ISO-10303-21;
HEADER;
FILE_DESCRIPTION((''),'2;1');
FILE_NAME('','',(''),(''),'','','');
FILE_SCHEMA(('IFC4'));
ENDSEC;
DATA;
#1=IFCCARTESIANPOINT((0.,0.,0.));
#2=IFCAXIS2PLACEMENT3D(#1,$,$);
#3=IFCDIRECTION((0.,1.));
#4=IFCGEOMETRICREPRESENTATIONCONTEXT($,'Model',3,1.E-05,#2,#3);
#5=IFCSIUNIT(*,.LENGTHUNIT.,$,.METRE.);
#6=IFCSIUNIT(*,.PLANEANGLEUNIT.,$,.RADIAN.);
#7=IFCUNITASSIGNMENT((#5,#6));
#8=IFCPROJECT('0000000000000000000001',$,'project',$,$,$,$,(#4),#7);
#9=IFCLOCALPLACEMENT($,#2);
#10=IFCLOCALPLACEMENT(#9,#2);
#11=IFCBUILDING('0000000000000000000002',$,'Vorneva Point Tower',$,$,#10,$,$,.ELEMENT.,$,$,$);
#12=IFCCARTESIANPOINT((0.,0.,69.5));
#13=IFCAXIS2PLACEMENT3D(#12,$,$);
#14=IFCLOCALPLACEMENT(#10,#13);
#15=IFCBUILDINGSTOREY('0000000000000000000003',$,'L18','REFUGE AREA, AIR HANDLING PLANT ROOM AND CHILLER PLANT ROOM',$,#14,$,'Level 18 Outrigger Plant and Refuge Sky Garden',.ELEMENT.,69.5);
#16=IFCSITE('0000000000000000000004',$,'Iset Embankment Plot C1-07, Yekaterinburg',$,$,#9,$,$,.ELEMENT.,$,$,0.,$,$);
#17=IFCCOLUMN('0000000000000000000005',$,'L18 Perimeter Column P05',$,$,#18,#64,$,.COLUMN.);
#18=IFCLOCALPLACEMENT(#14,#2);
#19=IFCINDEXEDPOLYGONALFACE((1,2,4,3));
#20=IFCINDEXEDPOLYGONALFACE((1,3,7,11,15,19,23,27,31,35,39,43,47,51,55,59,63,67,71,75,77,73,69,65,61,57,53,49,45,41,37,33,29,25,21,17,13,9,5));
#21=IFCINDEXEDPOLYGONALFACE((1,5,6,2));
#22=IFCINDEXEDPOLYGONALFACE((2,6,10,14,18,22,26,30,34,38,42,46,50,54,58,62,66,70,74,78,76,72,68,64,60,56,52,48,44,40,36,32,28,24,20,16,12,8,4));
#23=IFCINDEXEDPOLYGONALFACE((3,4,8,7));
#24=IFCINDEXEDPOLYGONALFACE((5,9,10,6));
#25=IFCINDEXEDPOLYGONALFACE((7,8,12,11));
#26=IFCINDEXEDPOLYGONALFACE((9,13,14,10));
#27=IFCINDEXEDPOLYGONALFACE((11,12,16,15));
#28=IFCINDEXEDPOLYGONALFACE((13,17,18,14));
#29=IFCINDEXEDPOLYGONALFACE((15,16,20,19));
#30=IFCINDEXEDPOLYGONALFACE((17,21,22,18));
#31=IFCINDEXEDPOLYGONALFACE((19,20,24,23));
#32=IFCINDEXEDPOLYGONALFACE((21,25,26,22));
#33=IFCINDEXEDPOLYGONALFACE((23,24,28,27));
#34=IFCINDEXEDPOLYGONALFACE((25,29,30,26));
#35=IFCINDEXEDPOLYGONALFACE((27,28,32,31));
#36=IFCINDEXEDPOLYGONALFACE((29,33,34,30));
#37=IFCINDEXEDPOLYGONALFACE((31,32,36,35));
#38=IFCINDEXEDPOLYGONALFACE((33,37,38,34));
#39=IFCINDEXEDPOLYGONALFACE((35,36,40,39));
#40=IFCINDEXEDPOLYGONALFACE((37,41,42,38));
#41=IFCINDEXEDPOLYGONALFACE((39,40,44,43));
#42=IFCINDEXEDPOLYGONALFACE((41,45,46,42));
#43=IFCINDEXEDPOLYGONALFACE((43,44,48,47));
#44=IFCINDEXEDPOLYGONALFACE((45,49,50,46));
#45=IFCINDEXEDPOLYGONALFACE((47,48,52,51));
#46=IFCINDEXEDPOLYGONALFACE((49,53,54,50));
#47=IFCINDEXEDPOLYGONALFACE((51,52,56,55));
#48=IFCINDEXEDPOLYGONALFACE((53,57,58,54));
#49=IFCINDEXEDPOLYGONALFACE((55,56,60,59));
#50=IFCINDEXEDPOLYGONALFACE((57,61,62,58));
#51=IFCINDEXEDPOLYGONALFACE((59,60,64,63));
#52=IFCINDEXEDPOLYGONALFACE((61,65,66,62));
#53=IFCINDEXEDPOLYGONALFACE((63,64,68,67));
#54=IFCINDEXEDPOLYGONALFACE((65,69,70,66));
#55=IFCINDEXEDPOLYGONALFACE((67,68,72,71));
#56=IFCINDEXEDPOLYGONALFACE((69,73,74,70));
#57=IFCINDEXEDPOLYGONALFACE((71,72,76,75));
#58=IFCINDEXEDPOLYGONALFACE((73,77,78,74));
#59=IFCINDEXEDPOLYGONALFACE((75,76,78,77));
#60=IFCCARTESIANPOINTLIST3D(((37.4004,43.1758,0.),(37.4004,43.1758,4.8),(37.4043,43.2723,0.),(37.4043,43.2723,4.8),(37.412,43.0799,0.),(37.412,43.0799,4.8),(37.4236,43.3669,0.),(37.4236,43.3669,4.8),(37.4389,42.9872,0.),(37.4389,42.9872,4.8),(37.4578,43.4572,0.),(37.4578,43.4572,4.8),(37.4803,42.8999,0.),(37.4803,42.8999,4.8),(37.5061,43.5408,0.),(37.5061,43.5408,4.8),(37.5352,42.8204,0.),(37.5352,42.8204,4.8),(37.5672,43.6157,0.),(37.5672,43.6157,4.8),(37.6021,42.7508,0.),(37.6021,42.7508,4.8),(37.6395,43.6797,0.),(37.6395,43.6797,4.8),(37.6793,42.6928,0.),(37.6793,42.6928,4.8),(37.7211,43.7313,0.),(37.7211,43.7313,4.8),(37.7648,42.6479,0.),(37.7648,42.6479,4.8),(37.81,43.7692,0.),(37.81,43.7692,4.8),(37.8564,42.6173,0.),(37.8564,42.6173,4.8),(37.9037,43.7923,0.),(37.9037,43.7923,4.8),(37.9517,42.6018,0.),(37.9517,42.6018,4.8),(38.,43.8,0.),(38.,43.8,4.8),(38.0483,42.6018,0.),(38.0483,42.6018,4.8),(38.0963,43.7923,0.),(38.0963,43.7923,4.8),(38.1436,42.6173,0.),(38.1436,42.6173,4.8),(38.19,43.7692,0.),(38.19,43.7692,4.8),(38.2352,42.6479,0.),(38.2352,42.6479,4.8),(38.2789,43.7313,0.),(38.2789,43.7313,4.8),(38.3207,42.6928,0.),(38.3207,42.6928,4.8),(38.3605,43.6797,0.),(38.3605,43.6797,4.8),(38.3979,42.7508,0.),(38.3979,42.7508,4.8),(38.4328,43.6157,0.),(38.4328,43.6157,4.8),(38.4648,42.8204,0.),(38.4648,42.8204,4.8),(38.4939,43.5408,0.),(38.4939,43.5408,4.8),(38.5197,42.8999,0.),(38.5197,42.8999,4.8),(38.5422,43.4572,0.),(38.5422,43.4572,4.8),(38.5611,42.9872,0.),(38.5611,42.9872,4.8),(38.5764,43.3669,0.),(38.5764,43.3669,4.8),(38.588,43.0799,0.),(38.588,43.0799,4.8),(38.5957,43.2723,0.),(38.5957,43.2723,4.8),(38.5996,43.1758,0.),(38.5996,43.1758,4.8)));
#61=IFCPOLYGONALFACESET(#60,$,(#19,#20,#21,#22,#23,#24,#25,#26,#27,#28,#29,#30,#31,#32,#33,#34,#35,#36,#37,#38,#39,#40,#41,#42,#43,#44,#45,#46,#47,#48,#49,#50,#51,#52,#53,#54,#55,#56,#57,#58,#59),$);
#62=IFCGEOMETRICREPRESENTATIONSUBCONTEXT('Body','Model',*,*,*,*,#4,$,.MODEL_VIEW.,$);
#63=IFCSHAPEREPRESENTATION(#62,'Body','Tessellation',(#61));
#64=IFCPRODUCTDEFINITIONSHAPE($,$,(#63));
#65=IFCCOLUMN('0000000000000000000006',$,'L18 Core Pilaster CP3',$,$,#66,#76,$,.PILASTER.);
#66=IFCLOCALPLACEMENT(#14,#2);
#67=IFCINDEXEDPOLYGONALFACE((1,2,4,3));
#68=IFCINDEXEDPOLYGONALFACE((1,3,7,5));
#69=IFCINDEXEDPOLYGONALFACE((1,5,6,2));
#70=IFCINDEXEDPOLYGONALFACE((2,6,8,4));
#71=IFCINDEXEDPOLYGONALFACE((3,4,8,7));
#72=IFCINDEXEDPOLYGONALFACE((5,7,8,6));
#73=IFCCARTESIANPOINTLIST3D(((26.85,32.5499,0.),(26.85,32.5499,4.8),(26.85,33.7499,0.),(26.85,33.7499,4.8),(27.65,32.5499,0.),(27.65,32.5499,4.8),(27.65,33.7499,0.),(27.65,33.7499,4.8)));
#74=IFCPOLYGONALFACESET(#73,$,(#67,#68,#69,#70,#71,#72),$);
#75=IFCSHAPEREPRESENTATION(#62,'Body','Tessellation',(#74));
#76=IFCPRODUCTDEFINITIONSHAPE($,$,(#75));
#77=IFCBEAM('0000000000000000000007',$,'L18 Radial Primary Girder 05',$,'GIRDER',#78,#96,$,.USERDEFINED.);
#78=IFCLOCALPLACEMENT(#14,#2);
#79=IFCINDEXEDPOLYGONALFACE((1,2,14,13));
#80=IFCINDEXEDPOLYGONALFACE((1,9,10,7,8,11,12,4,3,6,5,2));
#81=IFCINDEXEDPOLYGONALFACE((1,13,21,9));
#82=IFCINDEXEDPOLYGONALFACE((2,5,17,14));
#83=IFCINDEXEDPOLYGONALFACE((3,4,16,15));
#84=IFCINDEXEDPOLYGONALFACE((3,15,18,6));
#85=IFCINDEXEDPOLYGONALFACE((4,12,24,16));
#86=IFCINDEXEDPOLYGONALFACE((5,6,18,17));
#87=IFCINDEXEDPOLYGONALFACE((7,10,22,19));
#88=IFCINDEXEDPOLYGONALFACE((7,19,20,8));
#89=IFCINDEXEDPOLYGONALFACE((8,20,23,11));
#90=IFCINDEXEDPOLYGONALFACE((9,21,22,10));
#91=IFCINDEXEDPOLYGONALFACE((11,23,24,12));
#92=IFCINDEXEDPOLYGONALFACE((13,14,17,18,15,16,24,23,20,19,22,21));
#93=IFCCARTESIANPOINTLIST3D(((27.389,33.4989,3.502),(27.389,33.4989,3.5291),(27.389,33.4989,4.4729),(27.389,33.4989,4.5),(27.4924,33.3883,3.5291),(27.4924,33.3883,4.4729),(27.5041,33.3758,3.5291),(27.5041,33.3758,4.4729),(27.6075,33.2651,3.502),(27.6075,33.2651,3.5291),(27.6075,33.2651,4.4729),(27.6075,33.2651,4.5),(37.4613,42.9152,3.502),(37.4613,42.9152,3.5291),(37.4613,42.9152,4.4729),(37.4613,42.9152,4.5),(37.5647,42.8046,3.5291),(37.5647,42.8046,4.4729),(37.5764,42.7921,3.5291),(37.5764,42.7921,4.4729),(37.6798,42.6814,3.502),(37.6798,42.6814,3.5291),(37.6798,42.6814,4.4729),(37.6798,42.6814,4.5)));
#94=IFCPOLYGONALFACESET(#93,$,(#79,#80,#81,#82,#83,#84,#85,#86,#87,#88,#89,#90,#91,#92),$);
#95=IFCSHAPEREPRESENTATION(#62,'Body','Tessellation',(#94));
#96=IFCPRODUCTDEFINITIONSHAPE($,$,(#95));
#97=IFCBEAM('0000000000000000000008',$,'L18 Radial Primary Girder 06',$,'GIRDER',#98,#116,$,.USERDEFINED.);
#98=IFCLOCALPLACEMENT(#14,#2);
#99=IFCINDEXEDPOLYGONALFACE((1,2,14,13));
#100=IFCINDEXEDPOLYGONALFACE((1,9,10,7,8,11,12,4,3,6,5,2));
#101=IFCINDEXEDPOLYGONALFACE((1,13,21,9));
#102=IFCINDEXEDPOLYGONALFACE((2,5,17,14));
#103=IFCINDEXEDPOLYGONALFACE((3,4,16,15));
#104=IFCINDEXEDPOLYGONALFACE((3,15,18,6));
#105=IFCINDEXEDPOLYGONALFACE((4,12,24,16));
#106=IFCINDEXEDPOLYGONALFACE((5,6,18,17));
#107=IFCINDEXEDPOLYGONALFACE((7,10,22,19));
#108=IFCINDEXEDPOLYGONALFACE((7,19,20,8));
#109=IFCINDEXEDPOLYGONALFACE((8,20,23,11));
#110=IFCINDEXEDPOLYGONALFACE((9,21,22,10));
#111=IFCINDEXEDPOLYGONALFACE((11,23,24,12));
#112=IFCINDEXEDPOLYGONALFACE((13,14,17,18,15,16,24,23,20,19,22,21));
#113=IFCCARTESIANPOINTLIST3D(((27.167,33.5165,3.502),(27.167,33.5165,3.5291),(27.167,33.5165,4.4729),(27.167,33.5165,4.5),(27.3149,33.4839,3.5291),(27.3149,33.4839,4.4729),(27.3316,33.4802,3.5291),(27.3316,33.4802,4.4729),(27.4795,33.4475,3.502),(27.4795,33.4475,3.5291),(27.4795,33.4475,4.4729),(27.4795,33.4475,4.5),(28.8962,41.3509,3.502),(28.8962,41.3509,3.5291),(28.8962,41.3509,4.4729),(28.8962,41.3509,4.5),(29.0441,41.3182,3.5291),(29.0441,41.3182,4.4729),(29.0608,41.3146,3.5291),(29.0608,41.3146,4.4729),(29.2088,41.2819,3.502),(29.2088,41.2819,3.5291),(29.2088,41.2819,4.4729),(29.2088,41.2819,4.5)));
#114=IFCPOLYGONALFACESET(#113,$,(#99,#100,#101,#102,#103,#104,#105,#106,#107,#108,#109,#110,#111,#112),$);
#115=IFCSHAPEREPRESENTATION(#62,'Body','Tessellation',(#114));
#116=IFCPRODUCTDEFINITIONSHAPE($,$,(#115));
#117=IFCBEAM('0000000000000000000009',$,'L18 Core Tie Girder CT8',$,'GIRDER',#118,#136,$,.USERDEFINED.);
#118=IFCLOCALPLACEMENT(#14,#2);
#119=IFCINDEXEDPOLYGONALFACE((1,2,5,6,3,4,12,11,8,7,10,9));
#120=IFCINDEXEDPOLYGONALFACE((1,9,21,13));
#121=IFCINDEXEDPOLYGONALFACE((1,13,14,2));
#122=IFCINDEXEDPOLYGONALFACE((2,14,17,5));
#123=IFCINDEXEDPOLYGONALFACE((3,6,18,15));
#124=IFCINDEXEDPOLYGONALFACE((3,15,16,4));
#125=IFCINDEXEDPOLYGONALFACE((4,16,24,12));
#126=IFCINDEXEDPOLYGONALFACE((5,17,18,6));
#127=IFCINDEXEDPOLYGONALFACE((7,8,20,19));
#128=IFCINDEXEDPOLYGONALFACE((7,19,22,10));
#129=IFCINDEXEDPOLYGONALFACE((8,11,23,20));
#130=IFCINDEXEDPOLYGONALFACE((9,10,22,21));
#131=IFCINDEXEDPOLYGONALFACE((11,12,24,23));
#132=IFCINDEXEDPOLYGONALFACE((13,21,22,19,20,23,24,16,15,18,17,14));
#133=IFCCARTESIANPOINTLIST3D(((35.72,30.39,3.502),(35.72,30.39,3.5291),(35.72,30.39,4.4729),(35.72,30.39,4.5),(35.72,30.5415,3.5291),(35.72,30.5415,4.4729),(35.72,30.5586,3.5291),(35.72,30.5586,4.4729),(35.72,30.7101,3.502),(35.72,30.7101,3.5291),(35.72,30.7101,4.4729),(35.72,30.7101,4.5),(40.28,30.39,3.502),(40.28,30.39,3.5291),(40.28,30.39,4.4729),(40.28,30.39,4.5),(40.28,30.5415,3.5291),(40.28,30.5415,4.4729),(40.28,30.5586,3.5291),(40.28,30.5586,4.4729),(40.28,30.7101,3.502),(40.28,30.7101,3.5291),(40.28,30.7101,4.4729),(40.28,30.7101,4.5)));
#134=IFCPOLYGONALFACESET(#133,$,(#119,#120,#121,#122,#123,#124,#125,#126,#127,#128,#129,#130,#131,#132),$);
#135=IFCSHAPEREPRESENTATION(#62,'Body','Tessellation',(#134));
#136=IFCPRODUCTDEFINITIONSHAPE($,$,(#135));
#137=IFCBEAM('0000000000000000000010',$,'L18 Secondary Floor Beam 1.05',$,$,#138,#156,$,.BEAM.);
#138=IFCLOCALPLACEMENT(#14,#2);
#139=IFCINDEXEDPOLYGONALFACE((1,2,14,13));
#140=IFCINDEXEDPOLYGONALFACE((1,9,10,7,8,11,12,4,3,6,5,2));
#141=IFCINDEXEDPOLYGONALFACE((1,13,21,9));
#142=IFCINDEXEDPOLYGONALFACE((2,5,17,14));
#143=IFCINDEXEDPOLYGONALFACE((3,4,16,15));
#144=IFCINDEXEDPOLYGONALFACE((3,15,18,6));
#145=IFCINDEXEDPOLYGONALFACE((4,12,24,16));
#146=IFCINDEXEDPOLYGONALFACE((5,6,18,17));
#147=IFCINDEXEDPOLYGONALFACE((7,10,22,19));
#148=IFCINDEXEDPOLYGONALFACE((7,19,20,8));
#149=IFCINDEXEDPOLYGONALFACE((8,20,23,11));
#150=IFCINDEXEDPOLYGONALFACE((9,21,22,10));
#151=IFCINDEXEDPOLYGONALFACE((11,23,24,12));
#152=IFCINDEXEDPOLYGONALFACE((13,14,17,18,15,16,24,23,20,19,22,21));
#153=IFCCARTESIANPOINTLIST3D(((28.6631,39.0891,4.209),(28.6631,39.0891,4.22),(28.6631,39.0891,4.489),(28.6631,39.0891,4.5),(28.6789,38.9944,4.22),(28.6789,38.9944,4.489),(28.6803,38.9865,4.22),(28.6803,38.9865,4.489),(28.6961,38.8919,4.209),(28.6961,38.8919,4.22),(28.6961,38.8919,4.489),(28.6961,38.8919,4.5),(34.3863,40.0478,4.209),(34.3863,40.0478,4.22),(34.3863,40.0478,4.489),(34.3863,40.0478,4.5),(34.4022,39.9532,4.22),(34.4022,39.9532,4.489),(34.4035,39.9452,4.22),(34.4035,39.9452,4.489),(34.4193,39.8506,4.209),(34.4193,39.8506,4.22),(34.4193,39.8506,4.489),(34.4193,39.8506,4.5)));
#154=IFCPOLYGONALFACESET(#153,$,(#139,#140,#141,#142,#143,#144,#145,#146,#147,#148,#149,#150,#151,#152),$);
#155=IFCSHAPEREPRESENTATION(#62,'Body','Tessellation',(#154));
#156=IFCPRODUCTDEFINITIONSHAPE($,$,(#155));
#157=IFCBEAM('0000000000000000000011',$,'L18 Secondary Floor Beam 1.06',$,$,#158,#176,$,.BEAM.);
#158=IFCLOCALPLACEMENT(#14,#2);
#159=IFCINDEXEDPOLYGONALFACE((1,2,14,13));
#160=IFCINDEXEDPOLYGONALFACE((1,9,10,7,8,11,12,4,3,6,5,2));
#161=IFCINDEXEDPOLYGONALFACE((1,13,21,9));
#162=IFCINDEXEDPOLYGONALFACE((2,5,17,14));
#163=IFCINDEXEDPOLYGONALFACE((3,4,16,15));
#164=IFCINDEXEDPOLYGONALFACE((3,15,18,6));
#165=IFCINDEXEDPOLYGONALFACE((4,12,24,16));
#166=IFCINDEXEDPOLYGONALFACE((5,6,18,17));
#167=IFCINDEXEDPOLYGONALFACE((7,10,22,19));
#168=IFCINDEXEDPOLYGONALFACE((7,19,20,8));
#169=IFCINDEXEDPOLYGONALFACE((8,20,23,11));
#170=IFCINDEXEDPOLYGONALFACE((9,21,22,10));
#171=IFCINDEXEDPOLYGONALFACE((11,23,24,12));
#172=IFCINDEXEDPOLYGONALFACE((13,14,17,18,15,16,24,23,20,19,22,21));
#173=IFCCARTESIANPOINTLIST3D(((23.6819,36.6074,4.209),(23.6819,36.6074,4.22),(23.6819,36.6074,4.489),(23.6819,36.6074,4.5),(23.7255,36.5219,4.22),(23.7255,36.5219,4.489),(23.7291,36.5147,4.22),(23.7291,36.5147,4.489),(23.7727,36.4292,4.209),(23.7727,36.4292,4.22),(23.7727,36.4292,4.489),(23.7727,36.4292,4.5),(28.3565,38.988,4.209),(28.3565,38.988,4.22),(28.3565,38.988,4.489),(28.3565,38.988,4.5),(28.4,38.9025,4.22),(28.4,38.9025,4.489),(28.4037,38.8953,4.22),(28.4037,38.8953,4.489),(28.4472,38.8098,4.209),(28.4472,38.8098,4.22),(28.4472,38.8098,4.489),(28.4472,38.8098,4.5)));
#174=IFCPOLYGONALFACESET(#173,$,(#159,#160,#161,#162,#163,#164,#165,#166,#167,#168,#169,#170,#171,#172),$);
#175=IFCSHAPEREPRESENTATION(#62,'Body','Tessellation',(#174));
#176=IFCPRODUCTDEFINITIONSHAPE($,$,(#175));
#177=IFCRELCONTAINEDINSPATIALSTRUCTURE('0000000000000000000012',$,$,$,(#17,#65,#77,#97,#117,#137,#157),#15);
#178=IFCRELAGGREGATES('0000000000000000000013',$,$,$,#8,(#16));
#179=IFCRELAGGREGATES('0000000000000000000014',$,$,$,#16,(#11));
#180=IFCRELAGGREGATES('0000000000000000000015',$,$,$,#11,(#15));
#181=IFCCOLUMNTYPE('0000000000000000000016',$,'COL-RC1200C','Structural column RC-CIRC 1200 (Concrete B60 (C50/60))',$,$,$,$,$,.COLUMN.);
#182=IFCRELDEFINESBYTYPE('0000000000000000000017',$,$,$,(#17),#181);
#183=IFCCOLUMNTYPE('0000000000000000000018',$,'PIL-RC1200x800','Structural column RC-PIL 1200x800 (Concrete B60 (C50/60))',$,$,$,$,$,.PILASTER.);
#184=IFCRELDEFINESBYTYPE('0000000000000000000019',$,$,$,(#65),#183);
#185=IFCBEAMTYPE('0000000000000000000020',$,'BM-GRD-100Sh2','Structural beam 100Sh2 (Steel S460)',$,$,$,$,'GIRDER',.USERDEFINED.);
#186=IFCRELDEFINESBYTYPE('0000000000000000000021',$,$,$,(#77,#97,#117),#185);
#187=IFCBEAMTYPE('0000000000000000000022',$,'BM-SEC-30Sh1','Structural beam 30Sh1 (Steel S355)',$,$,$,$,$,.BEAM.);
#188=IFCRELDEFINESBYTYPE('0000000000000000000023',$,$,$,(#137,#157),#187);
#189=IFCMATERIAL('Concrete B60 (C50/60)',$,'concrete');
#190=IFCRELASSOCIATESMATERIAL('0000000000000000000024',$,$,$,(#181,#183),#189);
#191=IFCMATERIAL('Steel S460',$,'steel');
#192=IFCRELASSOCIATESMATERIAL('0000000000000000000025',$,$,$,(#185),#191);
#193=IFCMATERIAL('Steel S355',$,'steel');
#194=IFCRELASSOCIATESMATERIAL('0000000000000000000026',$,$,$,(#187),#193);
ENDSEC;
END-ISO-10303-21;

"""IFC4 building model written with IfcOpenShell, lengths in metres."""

from ifc_helpers import new_model, si_unit, direction, frame, origin, origin_2d, place, context, subcontext, project, spatial, rectangle, circle, i_section, extrude, material, material_profile, profile_set, type_object, element, save


model = new_model("IFC4")

# Units and contexts
model_context = context("Model", 3, precision=1e-05, world=origin(), true_north=direction((0.0, 1.0)))
body_context = subcontext(model_context, "Body", "Model", "MODEL_VIEW")
ifc_project = project(units=[si_unit("LENGTHUNIT", "METRE"), si_unit("PLANEANGLEUNIT", "RADIAN")], contexts=[model_context])

# Site, building, storey
site_placement = place(None, origin())
site = spatial("IfcSite", under=ifc_project, at=site_placement, Name="Iset Embankment Plot C1-07, Yekaterinburg", CompositionType="ELEMENT", RefElevation=0.0)
building_placement = place(site_placement, origin())
building = spatial("IfcBuilding", under=site, at=building_placement, Name="Vorneva Point Tower", CompositionType="ELEMENT")
storey_placement = place(building_placement, frame((0.0, 0.0, 69.5)))
storey = spatial("IfcBuildingStorey", under=building, at=storey_placement, Name="L18", Description="REFUGE AREA, AIR HANDLING PLANT ROOM AND CHILLER PLANT ROOM", LongName="Level 18 Outrigger Plant and Refuge Sky Garden", CompositionType="ELEMENT", Elevation=69.5)

# Columns
ifc_material_1 = material(Name="Concrete B60 (C50/60)", Category="concrete")
ifc_material_profile_1 = material_profile(ifc_material_1, circle(Radius=0.6001, at=origin_2d()), Name="RC-CIRC 1200")
ifc_profile_set_1 = profile_set([ifc_material_profile_1], Name="Concrete B60 (C50/60)")
column_type_1 = type_object("IfcColumnType", Name="COL-RC1200C", Description="Structural column RC-CIRC 1200 (Concrete B60 (C50/60))", PredefinedType="COLUMN", material=ifc_profile_set_1)
for number, where, z_axis, x_axis, name in (
    (1, (38.0, 43.2, 0.0), (0.0, 0.0, 1.0), (0.0, 1.0, 0.0), "L18 Perimeter Column P05"),
):
    element("IfcColumn", number, at=place(storey_placement, frame(where, z_axis=z_axis, x_axis=x_axis)), inside=storey, type_object=column_type_1, Name=name, PredefinedType="COLUMN", context=body_context, shape_type="SweptSolid", body=[
        extrude(circle(Radius=0.6001, at=origin_2d()), origin(), (0.0, 0.0, 1.0), 4.8),
    ])
ifc_material_profile_2 = material_profile(ifc_material_1, rectangle(XDim=0.8, YDim=1.2, at=origin_2d()), Name="RC-PIL 1200x800")
ifc_profile_set_2 = profile_set([ifc_material_profile_2], Name="Concrete B60 (C50/60)")
column_type_2 = type_object("IfcColumnType", Name="PIL-RC1200x800", Description="Structural column RC-PIL 1200x800 (Concrete B60 (C50/60))", PredefinedType="PILASTER", material=ifc_profile_set_2)
column_placement = place(storey_placement, frame((27.25, 33.1499, 0.0), z_axis=(0.0, 0.0, 1.0), x_axis=(1.0, 0.0, 0.0)))
element("IfcColumn", 2, at=column_placement, inside=storey, type_object=column_type_2, Name="L18 Core Pilaster CP3", PredefinedType="PILASTER", context=body_context, shape_type="SweptSolid", body=[
    extrude(rectangle(XDim=0.8, YDim=1.2, at=origin_2d()), origin(), (0.0, 0.0, 1.0), 4.8),
])

# Beams
ifc_material_2 = material(Name="Steel S460", Category="steel")
ifc_material_profile_3 = material_profile(ifc_material_2, i_section(OverallWidth=0.3201, OverallDepth=0.998, WebThickness=0.0171, FlangeThickness=0.0271, at=origin_2d()), Name="100Sh2")
ifc_profile_set_3 = profile_set([ifc_material_profile_3], Name="Steel S460")
beam_type_1 = type_object("IfcBeamType", Name="BM-GRD-100Sh2", Description="Structural beam 100Sh2 (Steel S460)", ElementType="GIRDER", PredefinedType="USERDEFINED", material=ifc_profile_set_3)
beam_1_placement = place(storey_placement, frame((37.5706, 42.7983, 4.001), z_axis=(-0.730495, -0.682918, 0.0), x_axis=(0.682918, -0.730495, 0.0)))
element("IfcBeam", 3, at=beam_1_placement, inside=storey, type_object=beam_type_1, Name="L18 Radial Primary Girder 05", ObjectType="GIRDER", PredefinedType="USERDEFINED", context=body_context, shape_type="SweptSolid", body=[
    extrude(i_section(OverallWidth=0.3201, OverallDepth=0.998, WebThickness=0.0171, FlangeThickness=0.0271, at=origin_2d()), origin(), (0.0, 0.0, 1.0), 13.7883),
])
beam_2_placement = place(storey_placement, frame((29.0525, 41.3164, 4.001), z_axis=(-0.215535, -0.976496, 0.0), x_axis=(0.976496, -0.215535, 0.0)))
element("IfcBeam", 4, at=beam_2_placement, inside=storey, type_object=beam_type_1, Name="L18 Radial Primary Girder 06", ObjectType="GIRDER", PredefinedType="USERDEFINED", context=body_context, shape_type="SweptSolid", body=[
    extrude(i_section(OverallWidth=0.3201, OverallDepth=0.998, WebThickness=0.0171, FlangeThickness=0.0271, at=origin_2d()), origin(), (0.0, 0.0, 1.0), 8.0229),
])
beam_3_placement = place(storey_placement, frame((35.72, 30.55, 4.001), z_axis=(1.0, 0.0, 0.0), x_axis=(0.0, 1.0, 0.0)))
element("IfcBeam", 5, at=beam_3_placement, inside=storey, type_object=beam_type_1, Name="L18 Core Tie Girder CT8", ObjectType="GIRDER", PredefinedType="USERDEFINED", context=body_context, shape_type="SweptSolid", body=[
    extrude(i_section(OverallWidth=0.3201, OverallDepth=0.998, WebThickness=0.0171, FlangeThickness=0.0271, at=origin_2d()), origin(), (0.0, 0.0, 1.0), 4.5601),
])
ifc_material_3 = material(Name="Steel S355", Category="steel")
ifc_material_profile_4 = material_profile(ifc_material_3, i_section(OverallWidth=0.2, OverallDepth=0.291, WebThickness=0.0081, FlangeThickness=0.011, at=origin_2d()), Name="30Sh1")
ifc_profile_set_4 = profile_set([ifc_material_profile_4], Name="Steel S355")
beam_type_2 = type_object("IfcBeamType", Name="BM-SEC-30Sh1", Description="Structural beam 30Sh1 (Steel S355)", PredefinedType="BEAM", material=ifc_profile_set_4)
beam_4_placement = place(storey_placement, frame((34.4028, 39.9492, 4.3545), z_axis=(-0.986257, -0.165218, 0.0), x_axis=(0.165218, -0.986257, 0.0)))
element("IfcBeam", 6, at=beam_4_placement, inside=storey, type_object=beam_type_2, Name="L18 Secondary Floor Beam 1.05", PredefinedType="BEAM", context=body_context, shape_type="SweptSolid", body=[
    extrude(i_section(OverallWidth=0.2, OverallDepth=0.291, WebThickness=0.0081, FlangeThickness=0.011, at=origin_2d()), origin(), (0.0, 0.0, 1.0), 5.803),
])
beam_5_placement = place(storey_placement, frame((28.4019, 38.8989, 4.3545), z_axis=(-0.891098, -0.45381, 0.0), x_axis=(0.45381, -0.891098, 0.0)))
element("IfcBeam", 7, at=beam_5_placement, inside=storey, type_object=beam_type_2, Name="L18 Secondary Floor Beam 1.06", PredefinedType="BEAM", context=body_context, shape_type="SweptSolid", body=[
    extrude(i_section(OverallWidth=0.2, OverallDepth=0.291, WebThickness=0.0081, FlangeThickness=0.011, at=origin_2d()), origin(), (0.0, 0.0, 1.0), 5.2458),
])

save(model, "model.ifc")
